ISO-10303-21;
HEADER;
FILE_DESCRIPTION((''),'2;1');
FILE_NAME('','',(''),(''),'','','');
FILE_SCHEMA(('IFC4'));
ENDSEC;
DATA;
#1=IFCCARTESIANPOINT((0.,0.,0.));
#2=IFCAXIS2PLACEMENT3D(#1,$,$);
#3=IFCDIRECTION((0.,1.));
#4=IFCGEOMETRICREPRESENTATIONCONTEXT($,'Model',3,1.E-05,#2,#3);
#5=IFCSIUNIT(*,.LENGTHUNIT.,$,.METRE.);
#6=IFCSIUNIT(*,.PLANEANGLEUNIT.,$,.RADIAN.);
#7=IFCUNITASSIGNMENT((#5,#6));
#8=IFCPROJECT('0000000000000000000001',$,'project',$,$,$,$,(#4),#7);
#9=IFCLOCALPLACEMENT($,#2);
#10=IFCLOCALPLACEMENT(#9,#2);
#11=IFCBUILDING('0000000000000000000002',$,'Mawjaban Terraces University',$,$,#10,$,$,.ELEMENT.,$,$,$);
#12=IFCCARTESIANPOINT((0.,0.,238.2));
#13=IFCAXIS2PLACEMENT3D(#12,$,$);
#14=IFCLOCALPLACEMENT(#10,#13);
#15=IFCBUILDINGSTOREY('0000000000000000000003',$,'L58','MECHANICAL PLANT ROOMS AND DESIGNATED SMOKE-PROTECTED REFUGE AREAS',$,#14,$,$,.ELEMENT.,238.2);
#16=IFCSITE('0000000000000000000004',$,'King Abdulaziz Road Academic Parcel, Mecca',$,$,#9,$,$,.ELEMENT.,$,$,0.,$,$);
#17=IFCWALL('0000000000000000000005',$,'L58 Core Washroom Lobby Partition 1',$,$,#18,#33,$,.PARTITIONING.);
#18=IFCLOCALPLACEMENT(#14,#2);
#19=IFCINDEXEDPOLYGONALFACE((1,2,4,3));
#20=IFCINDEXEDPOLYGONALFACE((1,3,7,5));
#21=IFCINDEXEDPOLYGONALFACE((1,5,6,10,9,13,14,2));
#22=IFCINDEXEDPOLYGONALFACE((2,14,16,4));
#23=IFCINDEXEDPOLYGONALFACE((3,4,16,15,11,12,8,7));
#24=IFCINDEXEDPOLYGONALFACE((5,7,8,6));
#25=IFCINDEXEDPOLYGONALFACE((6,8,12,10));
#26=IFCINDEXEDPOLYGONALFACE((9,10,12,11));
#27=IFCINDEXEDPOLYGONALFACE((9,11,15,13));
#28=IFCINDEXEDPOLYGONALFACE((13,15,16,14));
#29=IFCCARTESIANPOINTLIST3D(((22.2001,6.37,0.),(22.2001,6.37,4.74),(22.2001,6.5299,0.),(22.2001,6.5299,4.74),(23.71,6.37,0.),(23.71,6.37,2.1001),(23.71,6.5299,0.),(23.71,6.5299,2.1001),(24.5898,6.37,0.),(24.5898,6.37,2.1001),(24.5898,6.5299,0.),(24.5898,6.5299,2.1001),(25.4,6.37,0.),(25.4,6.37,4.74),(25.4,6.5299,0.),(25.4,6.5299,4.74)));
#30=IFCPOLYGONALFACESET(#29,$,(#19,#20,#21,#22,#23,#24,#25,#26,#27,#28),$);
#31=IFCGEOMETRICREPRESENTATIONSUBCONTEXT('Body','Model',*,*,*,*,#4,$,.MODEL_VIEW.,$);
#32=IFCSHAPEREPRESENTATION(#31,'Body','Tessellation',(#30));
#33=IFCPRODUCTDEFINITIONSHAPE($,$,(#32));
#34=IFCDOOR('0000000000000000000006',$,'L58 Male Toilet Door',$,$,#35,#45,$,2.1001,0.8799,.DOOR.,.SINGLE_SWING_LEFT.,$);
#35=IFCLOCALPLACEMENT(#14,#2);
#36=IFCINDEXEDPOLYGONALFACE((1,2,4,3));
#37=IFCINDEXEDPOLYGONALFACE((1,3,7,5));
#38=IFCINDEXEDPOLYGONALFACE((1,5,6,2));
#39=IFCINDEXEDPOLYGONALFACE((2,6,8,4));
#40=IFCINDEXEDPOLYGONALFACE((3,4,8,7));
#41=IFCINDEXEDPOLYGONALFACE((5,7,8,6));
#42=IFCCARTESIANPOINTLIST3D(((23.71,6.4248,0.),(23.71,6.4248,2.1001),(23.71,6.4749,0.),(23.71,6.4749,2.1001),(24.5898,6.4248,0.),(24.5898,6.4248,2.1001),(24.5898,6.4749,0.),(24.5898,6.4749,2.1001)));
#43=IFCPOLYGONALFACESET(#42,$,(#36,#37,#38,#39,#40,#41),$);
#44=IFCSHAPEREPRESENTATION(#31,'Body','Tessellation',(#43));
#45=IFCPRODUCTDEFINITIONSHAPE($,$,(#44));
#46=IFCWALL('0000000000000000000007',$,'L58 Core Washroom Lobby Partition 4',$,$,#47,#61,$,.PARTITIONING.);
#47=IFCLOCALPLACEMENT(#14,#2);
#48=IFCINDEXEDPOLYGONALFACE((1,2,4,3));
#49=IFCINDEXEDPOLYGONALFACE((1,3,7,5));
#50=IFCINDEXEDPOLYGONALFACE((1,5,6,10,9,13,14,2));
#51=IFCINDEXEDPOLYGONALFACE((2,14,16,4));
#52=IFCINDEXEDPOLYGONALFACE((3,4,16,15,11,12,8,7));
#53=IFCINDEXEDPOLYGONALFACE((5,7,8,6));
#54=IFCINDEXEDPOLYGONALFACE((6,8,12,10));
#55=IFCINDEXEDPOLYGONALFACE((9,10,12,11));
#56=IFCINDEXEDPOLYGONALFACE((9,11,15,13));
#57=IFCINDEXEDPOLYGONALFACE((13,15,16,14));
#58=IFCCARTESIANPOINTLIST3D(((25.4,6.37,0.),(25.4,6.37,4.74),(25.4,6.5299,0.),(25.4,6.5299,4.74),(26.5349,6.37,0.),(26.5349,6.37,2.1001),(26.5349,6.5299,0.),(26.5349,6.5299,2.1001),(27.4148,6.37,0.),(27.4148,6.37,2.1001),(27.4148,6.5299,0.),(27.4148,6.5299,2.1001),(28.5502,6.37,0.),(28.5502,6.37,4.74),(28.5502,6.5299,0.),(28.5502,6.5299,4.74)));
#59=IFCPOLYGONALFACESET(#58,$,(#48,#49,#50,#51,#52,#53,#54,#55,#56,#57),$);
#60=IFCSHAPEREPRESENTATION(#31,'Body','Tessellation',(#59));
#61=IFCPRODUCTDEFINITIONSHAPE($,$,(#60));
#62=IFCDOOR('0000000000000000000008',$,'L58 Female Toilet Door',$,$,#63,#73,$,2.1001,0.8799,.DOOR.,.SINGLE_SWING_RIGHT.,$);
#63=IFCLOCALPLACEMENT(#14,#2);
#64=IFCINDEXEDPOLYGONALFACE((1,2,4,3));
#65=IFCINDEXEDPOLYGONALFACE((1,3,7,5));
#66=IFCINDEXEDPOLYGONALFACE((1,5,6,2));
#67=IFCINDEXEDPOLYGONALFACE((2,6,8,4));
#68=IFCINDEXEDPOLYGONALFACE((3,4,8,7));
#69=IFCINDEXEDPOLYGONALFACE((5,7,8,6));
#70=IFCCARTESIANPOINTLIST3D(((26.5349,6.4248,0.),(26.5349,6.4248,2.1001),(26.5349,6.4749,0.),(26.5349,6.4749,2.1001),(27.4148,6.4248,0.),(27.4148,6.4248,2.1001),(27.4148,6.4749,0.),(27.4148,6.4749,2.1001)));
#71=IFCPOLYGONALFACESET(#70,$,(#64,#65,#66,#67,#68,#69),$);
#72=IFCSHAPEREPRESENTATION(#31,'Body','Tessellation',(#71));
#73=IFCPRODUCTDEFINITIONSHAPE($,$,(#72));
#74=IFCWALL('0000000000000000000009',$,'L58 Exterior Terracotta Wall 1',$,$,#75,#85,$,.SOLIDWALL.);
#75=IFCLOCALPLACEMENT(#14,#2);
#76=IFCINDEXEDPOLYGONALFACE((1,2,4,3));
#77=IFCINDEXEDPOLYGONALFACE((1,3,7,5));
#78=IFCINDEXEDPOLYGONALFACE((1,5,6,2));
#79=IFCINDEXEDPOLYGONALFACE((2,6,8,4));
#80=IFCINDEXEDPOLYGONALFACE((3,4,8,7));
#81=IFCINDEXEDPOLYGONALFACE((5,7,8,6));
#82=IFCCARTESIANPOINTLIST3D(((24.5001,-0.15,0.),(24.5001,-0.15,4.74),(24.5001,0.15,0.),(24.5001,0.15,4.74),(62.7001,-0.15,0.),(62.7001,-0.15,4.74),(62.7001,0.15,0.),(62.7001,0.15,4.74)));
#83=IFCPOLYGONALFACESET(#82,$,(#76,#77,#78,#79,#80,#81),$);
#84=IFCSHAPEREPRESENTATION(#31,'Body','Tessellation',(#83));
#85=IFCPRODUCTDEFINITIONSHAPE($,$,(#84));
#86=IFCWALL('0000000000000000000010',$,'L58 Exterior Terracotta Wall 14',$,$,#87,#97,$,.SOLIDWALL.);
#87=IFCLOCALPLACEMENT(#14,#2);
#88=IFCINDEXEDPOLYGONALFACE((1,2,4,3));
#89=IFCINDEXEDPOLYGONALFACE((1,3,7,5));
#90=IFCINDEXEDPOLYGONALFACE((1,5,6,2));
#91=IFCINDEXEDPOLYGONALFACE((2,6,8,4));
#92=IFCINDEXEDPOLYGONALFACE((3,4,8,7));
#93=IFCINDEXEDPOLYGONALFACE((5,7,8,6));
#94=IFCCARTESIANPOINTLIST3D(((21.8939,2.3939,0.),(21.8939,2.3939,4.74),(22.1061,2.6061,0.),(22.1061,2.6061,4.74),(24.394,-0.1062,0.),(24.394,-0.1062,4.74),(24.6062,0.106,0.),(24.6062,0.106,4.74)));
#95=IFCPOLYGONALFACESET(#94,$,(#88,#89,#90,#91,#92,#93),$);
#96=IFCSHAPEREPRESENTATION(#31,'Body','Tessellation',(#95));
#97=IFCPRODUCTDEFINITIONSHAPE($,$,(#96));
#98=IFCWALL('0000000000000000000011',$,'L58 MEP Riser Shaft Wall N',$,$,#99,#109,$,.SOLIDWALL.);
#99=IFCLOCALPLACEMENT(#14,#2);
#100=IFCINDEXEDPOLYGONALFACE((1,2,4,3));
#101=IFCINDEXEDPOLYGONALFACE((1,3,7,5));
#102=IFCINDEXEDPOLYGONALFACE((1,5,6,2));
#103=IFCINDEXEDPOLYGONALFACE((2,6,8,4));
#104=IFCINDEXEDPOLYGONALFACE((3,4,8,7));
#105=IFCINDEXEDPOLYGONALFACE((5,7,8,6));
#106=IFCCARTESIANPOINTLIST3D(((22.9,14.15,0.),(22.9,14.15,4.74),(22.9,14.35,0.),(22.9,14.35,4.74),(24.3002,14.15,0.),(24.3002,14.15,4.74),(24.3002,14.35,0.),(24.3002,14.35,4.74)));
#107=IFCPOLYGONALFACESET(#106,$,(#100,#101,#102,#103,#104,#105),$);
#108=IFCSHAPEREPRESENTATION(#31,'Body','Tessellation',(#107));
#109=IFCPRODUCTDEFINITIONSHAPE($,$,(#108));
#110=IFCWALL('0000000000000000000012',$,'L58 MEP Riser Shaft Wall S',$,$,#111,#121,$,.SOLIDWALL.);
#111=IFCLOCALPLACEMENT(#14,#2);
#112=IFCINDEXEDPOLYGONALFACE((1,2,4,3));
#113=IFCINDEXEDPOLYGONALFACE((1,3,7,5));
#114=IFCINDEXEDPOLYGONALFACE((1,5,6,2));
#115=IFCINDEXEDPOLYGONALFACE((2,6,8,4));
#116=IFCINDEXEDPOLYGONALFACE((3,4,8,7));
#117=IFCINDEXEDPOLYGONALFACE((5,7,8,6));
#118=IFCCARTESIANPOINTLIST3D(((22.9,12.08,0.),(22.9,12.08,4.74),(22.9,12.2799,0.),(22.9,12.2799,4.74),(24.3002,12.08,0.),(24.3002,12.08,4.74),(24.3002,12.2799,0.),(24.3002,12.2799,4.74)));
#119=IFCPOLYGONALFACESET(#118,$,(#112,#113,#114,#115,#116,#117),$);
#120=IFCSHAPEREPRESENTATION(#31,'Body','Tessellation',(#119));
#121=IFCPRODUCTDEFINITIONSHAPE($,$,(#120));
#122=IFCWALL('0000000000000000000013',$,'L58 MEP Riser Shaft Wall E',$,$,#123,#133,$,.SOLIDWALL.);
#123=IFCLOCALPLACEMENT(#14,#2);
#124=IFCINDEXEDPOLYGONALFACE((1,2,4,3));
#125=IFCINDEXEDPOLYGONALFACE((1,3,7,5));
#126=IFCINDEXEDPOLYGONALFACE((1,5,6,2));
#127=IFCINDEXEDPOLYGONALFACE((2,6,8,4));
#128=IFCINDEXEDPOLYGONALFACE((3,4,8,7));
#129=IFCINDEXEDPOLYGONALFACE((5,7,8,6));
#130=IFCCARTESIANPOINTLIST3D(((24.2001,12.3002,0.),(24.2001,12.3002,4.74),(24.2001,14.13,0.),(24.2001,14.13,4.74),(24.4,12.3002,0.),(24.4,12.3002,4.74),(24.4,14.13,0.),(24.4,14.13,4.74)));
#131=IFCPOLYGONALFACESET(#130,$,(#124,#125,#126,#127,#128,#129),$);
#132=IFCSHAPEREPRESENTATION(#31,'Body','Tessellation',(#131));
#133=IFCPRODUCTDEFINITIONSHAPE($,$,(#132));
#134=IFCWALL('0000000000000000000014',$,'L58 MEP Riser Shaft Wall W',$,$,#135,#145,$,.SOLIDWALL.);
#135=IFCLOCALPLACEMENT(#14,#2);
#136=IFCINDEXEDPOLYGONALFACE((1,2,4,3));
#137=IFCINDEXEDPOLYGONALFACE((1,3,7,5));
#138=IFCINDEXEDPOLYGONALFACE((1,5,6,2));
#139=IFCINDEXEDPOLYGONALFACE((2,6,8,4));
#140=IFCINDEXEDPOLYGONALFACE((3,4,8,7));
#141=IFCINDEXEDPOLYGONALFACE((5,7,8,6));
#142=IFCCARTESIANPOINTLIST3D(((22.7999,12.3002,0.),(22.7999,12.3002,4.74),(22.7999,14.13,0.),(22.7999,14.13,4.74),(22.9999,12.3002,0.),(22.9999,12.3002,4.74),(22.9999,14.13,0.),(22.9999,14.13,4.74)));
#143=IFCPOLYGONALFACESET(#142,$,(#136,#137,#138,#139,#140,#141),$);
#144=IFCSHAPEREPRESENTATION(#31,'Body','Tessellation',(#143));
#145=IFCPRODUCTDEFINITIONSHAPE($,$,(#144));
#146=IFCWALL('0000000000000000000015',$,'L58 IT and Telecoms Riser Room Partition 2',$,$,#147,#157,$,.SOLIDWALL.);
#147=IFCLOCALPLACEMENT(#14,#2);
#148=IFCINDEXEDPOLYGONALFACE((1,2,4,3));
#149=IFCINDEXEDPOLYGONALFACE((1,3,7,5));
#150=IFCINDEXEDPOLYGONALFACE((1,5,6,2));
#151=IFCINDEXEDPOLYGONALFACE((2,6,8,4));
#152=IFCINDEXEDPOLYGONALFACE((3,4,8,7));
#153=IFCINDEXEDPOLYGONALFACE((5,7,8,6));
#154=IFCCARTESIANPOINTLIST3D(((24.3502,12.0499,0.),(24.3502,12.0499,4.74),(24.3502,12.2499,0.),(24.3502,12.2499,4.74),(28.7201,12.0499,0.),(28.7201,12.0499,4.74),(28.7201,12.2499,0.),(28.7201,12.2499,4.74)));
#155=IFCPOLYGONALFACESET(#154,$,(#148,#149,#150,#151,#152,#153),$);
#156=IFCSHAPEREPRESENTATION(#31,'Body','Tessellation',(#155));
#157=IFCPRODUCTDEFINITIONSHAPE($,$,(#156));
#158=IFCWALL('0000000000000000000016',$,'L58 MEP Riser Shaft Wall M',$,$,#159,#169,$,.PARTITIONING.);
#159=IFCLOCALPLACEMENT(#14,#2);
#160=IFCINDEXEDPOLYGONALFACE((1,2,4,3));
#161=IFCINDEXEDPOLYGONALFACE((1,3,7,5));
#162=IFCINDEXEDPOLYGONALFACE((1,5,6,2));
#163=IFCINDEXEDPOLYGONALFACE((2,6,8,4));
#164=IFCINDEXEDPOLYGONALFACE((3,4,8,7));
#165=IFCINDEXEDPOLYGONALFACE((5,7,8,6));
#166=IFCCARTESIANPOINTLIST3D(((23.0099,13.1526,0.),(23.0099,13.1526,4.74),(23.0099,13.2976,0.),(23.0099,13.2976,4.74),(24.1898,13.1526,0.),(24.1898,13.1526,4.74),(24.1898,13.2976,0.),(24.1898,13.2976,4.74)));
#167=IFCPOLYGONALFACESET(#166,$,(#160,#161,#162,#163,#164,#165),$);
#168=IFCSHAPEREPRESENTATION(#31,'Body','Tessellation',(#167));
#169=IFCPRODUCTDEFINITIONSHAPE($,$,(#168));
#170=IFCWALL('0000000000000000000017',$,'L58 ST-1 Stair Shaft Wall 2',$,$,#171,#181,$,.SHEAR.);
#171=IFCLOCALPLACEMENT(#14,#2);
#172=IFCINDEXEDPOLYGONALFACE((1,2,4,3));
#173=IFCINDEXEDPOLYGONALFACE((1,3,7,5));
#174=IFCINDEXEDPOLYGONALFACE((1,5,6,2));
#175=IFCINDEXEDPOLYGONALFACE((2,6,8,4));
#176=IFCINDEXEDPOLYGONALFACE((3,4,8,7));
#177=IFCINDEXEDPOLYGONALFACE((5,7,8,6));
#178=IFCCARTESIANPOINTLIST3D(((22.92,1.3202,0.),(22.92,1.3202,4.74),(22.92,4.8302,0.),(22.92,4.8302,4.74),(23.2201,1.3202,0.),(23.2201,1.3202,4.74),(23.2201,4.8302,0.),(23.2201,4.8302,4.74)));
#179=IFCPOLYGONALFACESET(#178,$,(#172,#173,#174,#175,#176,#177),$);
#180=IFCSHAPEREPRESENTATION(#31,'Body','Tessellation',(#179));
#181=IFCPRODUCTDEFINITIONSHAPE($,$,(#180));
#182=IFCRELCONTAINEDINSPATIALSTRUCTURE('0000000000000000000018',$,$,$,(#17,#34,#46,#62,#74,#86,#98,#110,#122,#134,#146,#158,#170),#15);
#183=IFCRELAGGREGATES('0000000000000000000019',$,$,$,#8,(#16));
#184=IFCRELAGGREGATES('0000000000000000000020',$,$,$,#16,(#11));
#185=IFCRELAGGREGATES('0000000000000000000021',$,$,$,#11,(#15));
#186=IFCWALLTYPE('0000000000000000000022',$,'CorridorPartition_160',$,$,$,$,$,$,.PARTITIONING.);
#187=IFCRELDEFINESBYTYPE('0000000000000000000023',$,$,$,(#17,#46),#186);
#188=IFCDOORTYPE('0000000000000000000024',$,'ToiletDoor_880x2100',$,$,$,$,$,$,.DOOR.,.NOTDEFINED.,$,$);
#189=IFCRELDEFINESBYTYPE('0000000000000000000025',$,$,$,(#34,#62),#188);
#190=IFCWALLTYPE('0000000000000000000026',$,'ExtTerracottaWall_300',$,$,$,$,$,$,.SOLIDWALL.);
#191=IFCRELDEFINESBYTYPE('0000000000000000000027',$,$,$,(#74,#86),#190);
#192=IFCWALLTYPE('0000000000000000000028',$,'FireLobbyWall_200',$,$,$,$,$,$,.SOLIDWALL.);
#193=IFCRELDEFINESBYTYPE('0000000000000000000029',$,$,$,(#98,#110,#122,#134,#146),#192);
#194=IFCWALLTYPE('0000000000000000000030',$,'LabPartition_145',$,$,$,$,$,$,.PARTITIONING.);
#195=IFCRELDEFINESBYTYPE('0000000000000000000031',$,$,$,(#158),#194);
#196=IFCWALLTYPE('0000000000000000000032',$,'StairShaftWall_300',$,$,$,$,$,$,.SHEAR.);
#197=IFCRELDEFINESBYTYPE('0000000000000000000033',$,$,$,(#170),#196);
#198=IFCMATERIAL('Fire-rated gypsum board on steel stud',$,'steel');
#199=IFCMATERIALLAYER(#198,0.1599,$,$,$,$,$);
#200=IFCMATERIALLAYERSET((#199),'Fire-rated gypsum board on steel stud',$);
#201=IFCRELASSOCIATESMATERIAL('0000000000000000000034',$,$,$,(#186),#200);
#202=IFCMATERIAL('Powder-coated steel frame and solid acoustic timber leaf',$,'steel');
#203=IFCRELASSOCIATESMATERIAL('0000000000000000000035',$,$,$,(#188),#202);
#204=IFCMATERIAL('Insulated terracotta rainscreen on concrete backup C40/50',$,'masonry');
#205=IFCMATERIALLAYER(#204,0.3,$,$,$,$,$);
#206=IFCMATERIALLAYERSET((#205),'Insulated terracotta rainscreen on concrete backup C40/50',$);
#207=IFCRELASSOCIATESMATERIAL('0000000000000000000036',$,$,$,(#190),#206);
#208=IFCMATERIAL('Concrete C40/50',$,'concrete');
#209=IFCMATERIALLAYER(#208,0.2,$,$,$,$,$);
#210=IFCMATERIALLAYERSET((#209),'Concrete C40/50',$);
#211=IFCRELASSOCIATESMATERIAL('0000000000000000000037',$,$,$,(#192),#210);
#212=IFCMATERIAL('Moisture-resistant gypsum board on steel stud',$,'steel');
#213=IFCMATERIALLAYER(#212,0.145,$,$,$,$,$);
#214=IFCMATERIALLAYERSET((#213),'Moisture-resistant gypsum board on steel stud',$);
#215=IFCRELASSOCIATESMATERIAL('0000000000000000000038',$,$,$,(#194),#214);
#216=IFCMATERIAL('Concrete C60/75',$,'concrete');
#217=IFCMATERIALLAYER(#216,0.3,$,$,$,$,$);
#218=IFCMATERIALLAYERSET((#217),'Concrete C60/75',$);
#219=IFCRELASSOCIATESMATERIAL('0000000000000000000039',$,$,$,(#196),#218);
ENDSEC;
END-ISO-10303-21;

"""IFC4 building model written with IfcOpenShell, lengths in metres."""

from ifc_helpers import new_model, si_unit, direction, frame, frame_2d, origin, place, context, subcontext, project, spatial, rectangle, extrude, material, layer, layer_set, type_object, element, fill, save


model = new_model("IFC4")

# Units and contexts
model_context = context("Model", 3, precision=1e-05, world=origin(), true_north=direction((0.0, 1.0)))
body_context = subcontext(model_context, "Body", "Model", "MODEL_VIEW")
ifc_project = project(units=[si_unit("LENGTHUNIT", "METRE"), si_unit("PLANEANGLEUNIT", "RADIAN")], contexts=[model_context])

# Site, building, storey
site_placement = place(None, origin())
site = spatial("IfcSite", under=ifc_project, at=site_placement, Name="King Abdulaziz Road Academic Parcel, Mecca", CompositionType="ELEMENT", RefElevation=0.0)
building_placement = place(site_placement, origin())
building = spatial("IfcBuilding", under=site, at=building_placement, Name="Mawjaban Terraces University", CompositionType="ELEMENT")
storey_placement = place(building_placement, frame((0.0, 0.0, 238.2)))
storey = spatial("IfcBuildingStorey", under=building, at=storey_placement, Name="L58", Description="MECHANICAL PLANT ROOMS AND DESIGNATED SMOKE-PROTECTED REFUGE AREAS", CompositionType="ELEMENT", Elevation=238.2)

# Shared definitions
ifc_material_1 = material(Name="Concrete C60/75", Category="concrete")

# Shared definitions
ifc_material_2 = material(Name="Concrete C40/50", Category="concrete")

# Walls, openings, doors
ifc_material_3 = material(Name="Fire-rated gypsum board on steel stud", Category="steel")
ifc_layer_1 = layer(ifc_material_3, 0.1599)
ifc_layer_set_1 = layer_set([ifc_layer_1], Name="Fire-rated gypsum board on steel stud")
wall_type_1 = type_object("IfcWallType", Name="CorridorPartition_160", PredefinedType="PARTITIONING", material=ifc_layer_set_1)
wall_1_placement = place(storey_placement, frame((22.2, 6.45, 0.0), z_axis=(0.0, 0.0, 1.0), x_axis=(1.0, 0.0, 0.0)))
wall_1 = element("IfcWall", 1, at=wall_1_placement, inside=storey, type_object=wall_type_1, Name="L58 Core Washroom Lobby Partition 1", PredefinedType="PARTITIONING", context=body_context, shape_type="SweptSolid", body=[
    extrude(rectangle(XDim=3.2, YDim=0.1599, at=frame_2d((1.6001, 0.0))), origin(), (0.0, 0.0, 1.0), 4.74),
])
opening_1_placement = place(wall_1_placement, frame((1.51, 0.0, 0.0)))
opening_1 = element("IfcOpeningElement", 2, at=opening_1_placement, cuts=wall_1, PredefinedType="OPENING", context=body_context, shape_type="SweptSolid", body=[
    extrude(rectangle(XDim=0.8799, YDim=2.1001, at=frame_2d((0.4399, 1.05))), frame((0.0, 0.0898, 0.0), z_axis=(0.0, -1.0, 0.0), x_axis=(1.0, 0.0, 0.0)), (0.0, 0.0, 1.0), 0.1799),
])
ifc_material_4 = material(Name="Powder-coated steel frame and solid acoustic timber leaf", Category="steel")
door_type = type_object("IfcDoorType", Name="ToiletDoor_880x2100", OperationType="NOTDEFINED", PredefinedType="DOOR", material=ifc_material_4)
door_1_placement = place(opening_1_placement, origin())
door_1 = element("IfcDoor", 3, at=door_1_placement, inside=storey, type_object=door_type, Name="L58 Male Toilet Door", OperationType="SINGLE_SWING_LEFT", OverallHeight=2.1001, OverallWidth=0.8799, PredefinedType="DOOR", context=body_context, shape_type="SweptSolid", body=[
    extrude(rectangle(XDim=0.8799, YDim=2.1001, at=frame_2d((0.4399, 1.05))), frame((0.0, 0.0249, 0.0), z_axis=(0.0, -1.0, 0.0), x_axis=(1.0, 0.0, 0.0)), (0.0, 0.0, 1.0), 0.05),
])
fill(opening_1, door_1)
wall_2_placement = place(storey_placement, frame((25.3999, 6.45, 0.0), z_axis=(0.0, 0.0, 1.0), x_axis=(1.0, 0.0, 0.0)))
wall_2 = element("IfcWall", 4, at=wall_2_placement, inside=storey, type_object=wall_type_1, Name="L58 Core Washroom Lobby Partition 4", PredefinedType="PARTITIONING", context=body_context, shape_type="SweptSolid", body=[
    extrude(rectangle(XDim=3.1501, YDim=0.1599, at=frame_2d((1.5752, 0.0))), origin(), (0.0, 0.0, 1.0), 4.74),
])
opening_2_placement = place(wall_2_placement, frame((1.135, 0.0, 0.0)))
opening_2 = element("IfcOpeningElement", 5, at=opening_2_placement, cuts=wall_2, PredefinedType="OPENING", context=body_context, shape_type="SweptSolid", body=[
    extrude(rectangle(XDim=0.8799, YDim=2.1001, at=frame_2d((0.4399, 1.05))), frame((0.0, 0.0898, 0.0), z_axis=(0.0, -1.0, 0.0), x_axis=(1.0, 0.0, 0.0)), (0.0, 0.0, 1.0), 0.1799),
])
door_2_placement = place(opening_2_placement, origin())
door_2 = element("IfcDoor", 6, at=door_2_placement, inside=storey, type_object=door_type, Name="L58 Female Toilet Door", OperationType="SINGLE_SWING_RIGHT", OverallHeight=2.1001, OverallWidth=0.8799, PredefinedType="DOOR", context=body_context, shape_type="SweptSolid", body=[
    extrude(rectangle(XDim=0.8799, YDim=2.1001, at=frame_2d((0.4399, 1.05))), frame((0.0, 0.0249, 0.0), z_axis=(0.0, -1.0, 0.0), x_axis=(1.0, 0.0, 0.0)), (0.0, 0.0, 1.0), 0.05),
])
fill(opening_2, door_2)

# Walls
ifc_material_5 = material(Name="Insulated terracotta rainscreen on concrete backup C40/50", Category="masonry")
ifc_layer_2 = layer(ifc_material_5, 0.3)
ifc_layer_set_2 = layer_set([ifc_layer_2], Name="Insulated terracotta rainscreen on concrete backup C40/50")
wall_type_2 = type_object("IfcWallType", Name="ExtTerracottaWall_300", PredefinedType="SOLIDWALL", material=ifc_layer_set_2)
wall_3_placement = place(storey_placement, frame((24.5, 0.0, 0.0), z_axis=(0.0, 0.0, 1.0), x_axis=(1.0, 0.0, 0.0)))
element("IfcWall", 7, at=wall_3_placement, inside=storey, type_object=wall_type_2, Name="L58 Exterior Terracotta Wall 1", PredefinedType="SOLIDWALL", context=body_context, shape_type="SweptSolid", body=[
    extrude(rectangle(XDim=38.2, YDim=0.3, at=frame_2d((19.1001, 0.0))), origin(), (0.0, 0.0, 1.0), 4.74),
])
wall_4_placement = place(storey_placement, frame((22.0, 2.5, 0.0), z_axis=(0.0, 0.0, 1.0), x_axis=(0.707107, -0.707107, 0.0)))
element("IfcWall", 8, at=wall_4_placement, inside=storey, type_object=wall_type_2, Name="L58 Exterior Terracotta Wall 14", PredefinedType="SOLIDWALL", context=body_context, shape_type="SweptSolid", body=[
    extrude(rectangle(XDim=3.5356, YDim=0.3, at=frame_2d((1.7678, 0.0))), origin(), (0.0, 0.0, 1.0), 4.74),
])
ifc_layer_3 = layer(ifc_material_2, 0.2)
ifc_layer_set_3 = layer_set([ifc_layer_3], Name="Concrete C40/50")
wall_type_3 = type_object("IfcWallType", Name="FireLobbyWall_200", PredefinedType="SOLIDWALL", material=ifc_layer_set_3)
for number, where, z_axis, x_axis, name in (
    (9, (22.8999, 14.25, 0.0), (0.0, 0.0, 1.0), (1.0, 0.0, 0.0), "L58 MEP Riser Shaft Wall N"),
    (10, (22.8999, 12.1799, 0.0), (0.0, 0.0, 1.0), (1.0, 0.0, 0.0), "L58 MEP Riser Shaft Wall S"),
):
    element("IfcWall", number, at=place(storey_placement, frame(where, z_axis=z_axis, x_axis=x_axis)), inside=storey, type_object=wall_type_3, Name=name, PredefinedType="SOLIDWALL", context=body_context, shape_type="SweptSolid", body=[
        extrude(rectangle(XDim=1.4001, YDim=0.2, at=frame_2d((0.7002, 0.0))), origin(), (0.0, 0.0, 1.0), 4.74),
    ])
for number, where, z_axis, x_axis, name in (
    (11, (24.3, 12.3, 0.0), (0.0, 0.0, 1.0), (0.0, 1.0, 0.0), "L58 MEP Riser Shaft Wall E"),
    (12, (22.8999, 12.3, 0.0), (0.0, 0.0, 1.0), (0.0, 1.0, 0.0), "L58 MEP Riser Shaft Wall W"),
):
    element("IfcWall", number, at=place(storey_placement, frame(where, z_axis=z_axis, x_axis=x_axis)), inside=storey, type_object=wall_type_3, Name=name, PredefinedType="SOLIDWALL", context=body_context, shape_type="SweptSolid", body=[
        extrude(rectangle(XDim=1.8298, YDim=0.2, at=frame_2d((0.915, 0.0))), origin(), (0.0, 0.0, 1.0), 4.74),
    ])
wall_5_placement = place(storey_placement, frame((24.3501, 12.1499, 0.0), z_axis=(0.0, 0.0, 1.0), x_axis=(1.0, 0.0, 0.0)))
element("IfcWall", 13, at=wall_5_placement, inside=storey, type_object=wall_type_3, Name="L58 IT and Telecoms Riser Room Partition 2", PredefinedType="SOLIDWALL", context=body_context, shape_type="SweptSolid", body=[
    extrude(rectangle(XDim=4.3699, YDim=0.2, at=frame_2d((2.1851, 0.0))), origin(), (0.0, 0.0, 1.0), 4.74),
])
ifc_material_6 = material(Name="Moisture-resistant gypsum board on steel stud", Category="steel")
ifc_layer_4 = layer(ifc_material_6, 0.145)
ifc_layer_set_4 = layer_set([ifc_layer_4], Name="Moisture-resistant gypsum board on steel stud")
wall_type_4 = type_object("IfcWallType", Name="LabPartition_145", PredefinedType="PARTITIONING", material=ifc_layer_set_4)
wall_6_placement = place(storey_placement, frame((23.01, 13.2251, 0.0), z_axis=(0.0, 0.0, 1.0), x_axis=(1.0, 0.0, 0.0)))
element("IfcWall", 14, at=wall_6_placement, inside=storey, type_object=wall_type_4, Name="L58 MEP Riser Shaft Wall M", PredefinedType="PARTITIONING", context=body_context, shape_type="SweptSolid", body=[
    extrude(rectangle(XDim=1.1799, YDim=0.145, at=frame_2d((0.5898, 0.0))), origin(), (0.0, 0.0, 1.0), 4.74),
])
ifc_layer_5 = layer(ifc_material_1, 0.3)
ifc_layer_set_5 = layer_set([ifc_layer_5], Name="Concrete C60/75")
wall_type_5 = type_object("IfcWallType", Name="StairShaftWall_300", PredefinedType="SHEAR", material=ifc_layer_set_5)
wall_7_placement = place(storey_placement, frame((23.0701, 4.8301, 0.0), z_axis=(0.0, 0.0, 1.0), x_axis=(0.0, -1.0, 0.0)))
element("IfcWall", 15, at=wall_7_placement, inside=storey, type_object=wall_type_5, Name="L58 ST-1 Stair Shaft Wall 2", PredefinedType="SHEAR", context=body_context, shape_type="SweptSolid", body=[
    extrude(rectangle(XDim=3.51, YDim=0.3, at=frame_2d((1.7549, 0.0))), origin(), (0.0, 0.0, 1.0), 4.74),
])

save(model, "model.ifc")
